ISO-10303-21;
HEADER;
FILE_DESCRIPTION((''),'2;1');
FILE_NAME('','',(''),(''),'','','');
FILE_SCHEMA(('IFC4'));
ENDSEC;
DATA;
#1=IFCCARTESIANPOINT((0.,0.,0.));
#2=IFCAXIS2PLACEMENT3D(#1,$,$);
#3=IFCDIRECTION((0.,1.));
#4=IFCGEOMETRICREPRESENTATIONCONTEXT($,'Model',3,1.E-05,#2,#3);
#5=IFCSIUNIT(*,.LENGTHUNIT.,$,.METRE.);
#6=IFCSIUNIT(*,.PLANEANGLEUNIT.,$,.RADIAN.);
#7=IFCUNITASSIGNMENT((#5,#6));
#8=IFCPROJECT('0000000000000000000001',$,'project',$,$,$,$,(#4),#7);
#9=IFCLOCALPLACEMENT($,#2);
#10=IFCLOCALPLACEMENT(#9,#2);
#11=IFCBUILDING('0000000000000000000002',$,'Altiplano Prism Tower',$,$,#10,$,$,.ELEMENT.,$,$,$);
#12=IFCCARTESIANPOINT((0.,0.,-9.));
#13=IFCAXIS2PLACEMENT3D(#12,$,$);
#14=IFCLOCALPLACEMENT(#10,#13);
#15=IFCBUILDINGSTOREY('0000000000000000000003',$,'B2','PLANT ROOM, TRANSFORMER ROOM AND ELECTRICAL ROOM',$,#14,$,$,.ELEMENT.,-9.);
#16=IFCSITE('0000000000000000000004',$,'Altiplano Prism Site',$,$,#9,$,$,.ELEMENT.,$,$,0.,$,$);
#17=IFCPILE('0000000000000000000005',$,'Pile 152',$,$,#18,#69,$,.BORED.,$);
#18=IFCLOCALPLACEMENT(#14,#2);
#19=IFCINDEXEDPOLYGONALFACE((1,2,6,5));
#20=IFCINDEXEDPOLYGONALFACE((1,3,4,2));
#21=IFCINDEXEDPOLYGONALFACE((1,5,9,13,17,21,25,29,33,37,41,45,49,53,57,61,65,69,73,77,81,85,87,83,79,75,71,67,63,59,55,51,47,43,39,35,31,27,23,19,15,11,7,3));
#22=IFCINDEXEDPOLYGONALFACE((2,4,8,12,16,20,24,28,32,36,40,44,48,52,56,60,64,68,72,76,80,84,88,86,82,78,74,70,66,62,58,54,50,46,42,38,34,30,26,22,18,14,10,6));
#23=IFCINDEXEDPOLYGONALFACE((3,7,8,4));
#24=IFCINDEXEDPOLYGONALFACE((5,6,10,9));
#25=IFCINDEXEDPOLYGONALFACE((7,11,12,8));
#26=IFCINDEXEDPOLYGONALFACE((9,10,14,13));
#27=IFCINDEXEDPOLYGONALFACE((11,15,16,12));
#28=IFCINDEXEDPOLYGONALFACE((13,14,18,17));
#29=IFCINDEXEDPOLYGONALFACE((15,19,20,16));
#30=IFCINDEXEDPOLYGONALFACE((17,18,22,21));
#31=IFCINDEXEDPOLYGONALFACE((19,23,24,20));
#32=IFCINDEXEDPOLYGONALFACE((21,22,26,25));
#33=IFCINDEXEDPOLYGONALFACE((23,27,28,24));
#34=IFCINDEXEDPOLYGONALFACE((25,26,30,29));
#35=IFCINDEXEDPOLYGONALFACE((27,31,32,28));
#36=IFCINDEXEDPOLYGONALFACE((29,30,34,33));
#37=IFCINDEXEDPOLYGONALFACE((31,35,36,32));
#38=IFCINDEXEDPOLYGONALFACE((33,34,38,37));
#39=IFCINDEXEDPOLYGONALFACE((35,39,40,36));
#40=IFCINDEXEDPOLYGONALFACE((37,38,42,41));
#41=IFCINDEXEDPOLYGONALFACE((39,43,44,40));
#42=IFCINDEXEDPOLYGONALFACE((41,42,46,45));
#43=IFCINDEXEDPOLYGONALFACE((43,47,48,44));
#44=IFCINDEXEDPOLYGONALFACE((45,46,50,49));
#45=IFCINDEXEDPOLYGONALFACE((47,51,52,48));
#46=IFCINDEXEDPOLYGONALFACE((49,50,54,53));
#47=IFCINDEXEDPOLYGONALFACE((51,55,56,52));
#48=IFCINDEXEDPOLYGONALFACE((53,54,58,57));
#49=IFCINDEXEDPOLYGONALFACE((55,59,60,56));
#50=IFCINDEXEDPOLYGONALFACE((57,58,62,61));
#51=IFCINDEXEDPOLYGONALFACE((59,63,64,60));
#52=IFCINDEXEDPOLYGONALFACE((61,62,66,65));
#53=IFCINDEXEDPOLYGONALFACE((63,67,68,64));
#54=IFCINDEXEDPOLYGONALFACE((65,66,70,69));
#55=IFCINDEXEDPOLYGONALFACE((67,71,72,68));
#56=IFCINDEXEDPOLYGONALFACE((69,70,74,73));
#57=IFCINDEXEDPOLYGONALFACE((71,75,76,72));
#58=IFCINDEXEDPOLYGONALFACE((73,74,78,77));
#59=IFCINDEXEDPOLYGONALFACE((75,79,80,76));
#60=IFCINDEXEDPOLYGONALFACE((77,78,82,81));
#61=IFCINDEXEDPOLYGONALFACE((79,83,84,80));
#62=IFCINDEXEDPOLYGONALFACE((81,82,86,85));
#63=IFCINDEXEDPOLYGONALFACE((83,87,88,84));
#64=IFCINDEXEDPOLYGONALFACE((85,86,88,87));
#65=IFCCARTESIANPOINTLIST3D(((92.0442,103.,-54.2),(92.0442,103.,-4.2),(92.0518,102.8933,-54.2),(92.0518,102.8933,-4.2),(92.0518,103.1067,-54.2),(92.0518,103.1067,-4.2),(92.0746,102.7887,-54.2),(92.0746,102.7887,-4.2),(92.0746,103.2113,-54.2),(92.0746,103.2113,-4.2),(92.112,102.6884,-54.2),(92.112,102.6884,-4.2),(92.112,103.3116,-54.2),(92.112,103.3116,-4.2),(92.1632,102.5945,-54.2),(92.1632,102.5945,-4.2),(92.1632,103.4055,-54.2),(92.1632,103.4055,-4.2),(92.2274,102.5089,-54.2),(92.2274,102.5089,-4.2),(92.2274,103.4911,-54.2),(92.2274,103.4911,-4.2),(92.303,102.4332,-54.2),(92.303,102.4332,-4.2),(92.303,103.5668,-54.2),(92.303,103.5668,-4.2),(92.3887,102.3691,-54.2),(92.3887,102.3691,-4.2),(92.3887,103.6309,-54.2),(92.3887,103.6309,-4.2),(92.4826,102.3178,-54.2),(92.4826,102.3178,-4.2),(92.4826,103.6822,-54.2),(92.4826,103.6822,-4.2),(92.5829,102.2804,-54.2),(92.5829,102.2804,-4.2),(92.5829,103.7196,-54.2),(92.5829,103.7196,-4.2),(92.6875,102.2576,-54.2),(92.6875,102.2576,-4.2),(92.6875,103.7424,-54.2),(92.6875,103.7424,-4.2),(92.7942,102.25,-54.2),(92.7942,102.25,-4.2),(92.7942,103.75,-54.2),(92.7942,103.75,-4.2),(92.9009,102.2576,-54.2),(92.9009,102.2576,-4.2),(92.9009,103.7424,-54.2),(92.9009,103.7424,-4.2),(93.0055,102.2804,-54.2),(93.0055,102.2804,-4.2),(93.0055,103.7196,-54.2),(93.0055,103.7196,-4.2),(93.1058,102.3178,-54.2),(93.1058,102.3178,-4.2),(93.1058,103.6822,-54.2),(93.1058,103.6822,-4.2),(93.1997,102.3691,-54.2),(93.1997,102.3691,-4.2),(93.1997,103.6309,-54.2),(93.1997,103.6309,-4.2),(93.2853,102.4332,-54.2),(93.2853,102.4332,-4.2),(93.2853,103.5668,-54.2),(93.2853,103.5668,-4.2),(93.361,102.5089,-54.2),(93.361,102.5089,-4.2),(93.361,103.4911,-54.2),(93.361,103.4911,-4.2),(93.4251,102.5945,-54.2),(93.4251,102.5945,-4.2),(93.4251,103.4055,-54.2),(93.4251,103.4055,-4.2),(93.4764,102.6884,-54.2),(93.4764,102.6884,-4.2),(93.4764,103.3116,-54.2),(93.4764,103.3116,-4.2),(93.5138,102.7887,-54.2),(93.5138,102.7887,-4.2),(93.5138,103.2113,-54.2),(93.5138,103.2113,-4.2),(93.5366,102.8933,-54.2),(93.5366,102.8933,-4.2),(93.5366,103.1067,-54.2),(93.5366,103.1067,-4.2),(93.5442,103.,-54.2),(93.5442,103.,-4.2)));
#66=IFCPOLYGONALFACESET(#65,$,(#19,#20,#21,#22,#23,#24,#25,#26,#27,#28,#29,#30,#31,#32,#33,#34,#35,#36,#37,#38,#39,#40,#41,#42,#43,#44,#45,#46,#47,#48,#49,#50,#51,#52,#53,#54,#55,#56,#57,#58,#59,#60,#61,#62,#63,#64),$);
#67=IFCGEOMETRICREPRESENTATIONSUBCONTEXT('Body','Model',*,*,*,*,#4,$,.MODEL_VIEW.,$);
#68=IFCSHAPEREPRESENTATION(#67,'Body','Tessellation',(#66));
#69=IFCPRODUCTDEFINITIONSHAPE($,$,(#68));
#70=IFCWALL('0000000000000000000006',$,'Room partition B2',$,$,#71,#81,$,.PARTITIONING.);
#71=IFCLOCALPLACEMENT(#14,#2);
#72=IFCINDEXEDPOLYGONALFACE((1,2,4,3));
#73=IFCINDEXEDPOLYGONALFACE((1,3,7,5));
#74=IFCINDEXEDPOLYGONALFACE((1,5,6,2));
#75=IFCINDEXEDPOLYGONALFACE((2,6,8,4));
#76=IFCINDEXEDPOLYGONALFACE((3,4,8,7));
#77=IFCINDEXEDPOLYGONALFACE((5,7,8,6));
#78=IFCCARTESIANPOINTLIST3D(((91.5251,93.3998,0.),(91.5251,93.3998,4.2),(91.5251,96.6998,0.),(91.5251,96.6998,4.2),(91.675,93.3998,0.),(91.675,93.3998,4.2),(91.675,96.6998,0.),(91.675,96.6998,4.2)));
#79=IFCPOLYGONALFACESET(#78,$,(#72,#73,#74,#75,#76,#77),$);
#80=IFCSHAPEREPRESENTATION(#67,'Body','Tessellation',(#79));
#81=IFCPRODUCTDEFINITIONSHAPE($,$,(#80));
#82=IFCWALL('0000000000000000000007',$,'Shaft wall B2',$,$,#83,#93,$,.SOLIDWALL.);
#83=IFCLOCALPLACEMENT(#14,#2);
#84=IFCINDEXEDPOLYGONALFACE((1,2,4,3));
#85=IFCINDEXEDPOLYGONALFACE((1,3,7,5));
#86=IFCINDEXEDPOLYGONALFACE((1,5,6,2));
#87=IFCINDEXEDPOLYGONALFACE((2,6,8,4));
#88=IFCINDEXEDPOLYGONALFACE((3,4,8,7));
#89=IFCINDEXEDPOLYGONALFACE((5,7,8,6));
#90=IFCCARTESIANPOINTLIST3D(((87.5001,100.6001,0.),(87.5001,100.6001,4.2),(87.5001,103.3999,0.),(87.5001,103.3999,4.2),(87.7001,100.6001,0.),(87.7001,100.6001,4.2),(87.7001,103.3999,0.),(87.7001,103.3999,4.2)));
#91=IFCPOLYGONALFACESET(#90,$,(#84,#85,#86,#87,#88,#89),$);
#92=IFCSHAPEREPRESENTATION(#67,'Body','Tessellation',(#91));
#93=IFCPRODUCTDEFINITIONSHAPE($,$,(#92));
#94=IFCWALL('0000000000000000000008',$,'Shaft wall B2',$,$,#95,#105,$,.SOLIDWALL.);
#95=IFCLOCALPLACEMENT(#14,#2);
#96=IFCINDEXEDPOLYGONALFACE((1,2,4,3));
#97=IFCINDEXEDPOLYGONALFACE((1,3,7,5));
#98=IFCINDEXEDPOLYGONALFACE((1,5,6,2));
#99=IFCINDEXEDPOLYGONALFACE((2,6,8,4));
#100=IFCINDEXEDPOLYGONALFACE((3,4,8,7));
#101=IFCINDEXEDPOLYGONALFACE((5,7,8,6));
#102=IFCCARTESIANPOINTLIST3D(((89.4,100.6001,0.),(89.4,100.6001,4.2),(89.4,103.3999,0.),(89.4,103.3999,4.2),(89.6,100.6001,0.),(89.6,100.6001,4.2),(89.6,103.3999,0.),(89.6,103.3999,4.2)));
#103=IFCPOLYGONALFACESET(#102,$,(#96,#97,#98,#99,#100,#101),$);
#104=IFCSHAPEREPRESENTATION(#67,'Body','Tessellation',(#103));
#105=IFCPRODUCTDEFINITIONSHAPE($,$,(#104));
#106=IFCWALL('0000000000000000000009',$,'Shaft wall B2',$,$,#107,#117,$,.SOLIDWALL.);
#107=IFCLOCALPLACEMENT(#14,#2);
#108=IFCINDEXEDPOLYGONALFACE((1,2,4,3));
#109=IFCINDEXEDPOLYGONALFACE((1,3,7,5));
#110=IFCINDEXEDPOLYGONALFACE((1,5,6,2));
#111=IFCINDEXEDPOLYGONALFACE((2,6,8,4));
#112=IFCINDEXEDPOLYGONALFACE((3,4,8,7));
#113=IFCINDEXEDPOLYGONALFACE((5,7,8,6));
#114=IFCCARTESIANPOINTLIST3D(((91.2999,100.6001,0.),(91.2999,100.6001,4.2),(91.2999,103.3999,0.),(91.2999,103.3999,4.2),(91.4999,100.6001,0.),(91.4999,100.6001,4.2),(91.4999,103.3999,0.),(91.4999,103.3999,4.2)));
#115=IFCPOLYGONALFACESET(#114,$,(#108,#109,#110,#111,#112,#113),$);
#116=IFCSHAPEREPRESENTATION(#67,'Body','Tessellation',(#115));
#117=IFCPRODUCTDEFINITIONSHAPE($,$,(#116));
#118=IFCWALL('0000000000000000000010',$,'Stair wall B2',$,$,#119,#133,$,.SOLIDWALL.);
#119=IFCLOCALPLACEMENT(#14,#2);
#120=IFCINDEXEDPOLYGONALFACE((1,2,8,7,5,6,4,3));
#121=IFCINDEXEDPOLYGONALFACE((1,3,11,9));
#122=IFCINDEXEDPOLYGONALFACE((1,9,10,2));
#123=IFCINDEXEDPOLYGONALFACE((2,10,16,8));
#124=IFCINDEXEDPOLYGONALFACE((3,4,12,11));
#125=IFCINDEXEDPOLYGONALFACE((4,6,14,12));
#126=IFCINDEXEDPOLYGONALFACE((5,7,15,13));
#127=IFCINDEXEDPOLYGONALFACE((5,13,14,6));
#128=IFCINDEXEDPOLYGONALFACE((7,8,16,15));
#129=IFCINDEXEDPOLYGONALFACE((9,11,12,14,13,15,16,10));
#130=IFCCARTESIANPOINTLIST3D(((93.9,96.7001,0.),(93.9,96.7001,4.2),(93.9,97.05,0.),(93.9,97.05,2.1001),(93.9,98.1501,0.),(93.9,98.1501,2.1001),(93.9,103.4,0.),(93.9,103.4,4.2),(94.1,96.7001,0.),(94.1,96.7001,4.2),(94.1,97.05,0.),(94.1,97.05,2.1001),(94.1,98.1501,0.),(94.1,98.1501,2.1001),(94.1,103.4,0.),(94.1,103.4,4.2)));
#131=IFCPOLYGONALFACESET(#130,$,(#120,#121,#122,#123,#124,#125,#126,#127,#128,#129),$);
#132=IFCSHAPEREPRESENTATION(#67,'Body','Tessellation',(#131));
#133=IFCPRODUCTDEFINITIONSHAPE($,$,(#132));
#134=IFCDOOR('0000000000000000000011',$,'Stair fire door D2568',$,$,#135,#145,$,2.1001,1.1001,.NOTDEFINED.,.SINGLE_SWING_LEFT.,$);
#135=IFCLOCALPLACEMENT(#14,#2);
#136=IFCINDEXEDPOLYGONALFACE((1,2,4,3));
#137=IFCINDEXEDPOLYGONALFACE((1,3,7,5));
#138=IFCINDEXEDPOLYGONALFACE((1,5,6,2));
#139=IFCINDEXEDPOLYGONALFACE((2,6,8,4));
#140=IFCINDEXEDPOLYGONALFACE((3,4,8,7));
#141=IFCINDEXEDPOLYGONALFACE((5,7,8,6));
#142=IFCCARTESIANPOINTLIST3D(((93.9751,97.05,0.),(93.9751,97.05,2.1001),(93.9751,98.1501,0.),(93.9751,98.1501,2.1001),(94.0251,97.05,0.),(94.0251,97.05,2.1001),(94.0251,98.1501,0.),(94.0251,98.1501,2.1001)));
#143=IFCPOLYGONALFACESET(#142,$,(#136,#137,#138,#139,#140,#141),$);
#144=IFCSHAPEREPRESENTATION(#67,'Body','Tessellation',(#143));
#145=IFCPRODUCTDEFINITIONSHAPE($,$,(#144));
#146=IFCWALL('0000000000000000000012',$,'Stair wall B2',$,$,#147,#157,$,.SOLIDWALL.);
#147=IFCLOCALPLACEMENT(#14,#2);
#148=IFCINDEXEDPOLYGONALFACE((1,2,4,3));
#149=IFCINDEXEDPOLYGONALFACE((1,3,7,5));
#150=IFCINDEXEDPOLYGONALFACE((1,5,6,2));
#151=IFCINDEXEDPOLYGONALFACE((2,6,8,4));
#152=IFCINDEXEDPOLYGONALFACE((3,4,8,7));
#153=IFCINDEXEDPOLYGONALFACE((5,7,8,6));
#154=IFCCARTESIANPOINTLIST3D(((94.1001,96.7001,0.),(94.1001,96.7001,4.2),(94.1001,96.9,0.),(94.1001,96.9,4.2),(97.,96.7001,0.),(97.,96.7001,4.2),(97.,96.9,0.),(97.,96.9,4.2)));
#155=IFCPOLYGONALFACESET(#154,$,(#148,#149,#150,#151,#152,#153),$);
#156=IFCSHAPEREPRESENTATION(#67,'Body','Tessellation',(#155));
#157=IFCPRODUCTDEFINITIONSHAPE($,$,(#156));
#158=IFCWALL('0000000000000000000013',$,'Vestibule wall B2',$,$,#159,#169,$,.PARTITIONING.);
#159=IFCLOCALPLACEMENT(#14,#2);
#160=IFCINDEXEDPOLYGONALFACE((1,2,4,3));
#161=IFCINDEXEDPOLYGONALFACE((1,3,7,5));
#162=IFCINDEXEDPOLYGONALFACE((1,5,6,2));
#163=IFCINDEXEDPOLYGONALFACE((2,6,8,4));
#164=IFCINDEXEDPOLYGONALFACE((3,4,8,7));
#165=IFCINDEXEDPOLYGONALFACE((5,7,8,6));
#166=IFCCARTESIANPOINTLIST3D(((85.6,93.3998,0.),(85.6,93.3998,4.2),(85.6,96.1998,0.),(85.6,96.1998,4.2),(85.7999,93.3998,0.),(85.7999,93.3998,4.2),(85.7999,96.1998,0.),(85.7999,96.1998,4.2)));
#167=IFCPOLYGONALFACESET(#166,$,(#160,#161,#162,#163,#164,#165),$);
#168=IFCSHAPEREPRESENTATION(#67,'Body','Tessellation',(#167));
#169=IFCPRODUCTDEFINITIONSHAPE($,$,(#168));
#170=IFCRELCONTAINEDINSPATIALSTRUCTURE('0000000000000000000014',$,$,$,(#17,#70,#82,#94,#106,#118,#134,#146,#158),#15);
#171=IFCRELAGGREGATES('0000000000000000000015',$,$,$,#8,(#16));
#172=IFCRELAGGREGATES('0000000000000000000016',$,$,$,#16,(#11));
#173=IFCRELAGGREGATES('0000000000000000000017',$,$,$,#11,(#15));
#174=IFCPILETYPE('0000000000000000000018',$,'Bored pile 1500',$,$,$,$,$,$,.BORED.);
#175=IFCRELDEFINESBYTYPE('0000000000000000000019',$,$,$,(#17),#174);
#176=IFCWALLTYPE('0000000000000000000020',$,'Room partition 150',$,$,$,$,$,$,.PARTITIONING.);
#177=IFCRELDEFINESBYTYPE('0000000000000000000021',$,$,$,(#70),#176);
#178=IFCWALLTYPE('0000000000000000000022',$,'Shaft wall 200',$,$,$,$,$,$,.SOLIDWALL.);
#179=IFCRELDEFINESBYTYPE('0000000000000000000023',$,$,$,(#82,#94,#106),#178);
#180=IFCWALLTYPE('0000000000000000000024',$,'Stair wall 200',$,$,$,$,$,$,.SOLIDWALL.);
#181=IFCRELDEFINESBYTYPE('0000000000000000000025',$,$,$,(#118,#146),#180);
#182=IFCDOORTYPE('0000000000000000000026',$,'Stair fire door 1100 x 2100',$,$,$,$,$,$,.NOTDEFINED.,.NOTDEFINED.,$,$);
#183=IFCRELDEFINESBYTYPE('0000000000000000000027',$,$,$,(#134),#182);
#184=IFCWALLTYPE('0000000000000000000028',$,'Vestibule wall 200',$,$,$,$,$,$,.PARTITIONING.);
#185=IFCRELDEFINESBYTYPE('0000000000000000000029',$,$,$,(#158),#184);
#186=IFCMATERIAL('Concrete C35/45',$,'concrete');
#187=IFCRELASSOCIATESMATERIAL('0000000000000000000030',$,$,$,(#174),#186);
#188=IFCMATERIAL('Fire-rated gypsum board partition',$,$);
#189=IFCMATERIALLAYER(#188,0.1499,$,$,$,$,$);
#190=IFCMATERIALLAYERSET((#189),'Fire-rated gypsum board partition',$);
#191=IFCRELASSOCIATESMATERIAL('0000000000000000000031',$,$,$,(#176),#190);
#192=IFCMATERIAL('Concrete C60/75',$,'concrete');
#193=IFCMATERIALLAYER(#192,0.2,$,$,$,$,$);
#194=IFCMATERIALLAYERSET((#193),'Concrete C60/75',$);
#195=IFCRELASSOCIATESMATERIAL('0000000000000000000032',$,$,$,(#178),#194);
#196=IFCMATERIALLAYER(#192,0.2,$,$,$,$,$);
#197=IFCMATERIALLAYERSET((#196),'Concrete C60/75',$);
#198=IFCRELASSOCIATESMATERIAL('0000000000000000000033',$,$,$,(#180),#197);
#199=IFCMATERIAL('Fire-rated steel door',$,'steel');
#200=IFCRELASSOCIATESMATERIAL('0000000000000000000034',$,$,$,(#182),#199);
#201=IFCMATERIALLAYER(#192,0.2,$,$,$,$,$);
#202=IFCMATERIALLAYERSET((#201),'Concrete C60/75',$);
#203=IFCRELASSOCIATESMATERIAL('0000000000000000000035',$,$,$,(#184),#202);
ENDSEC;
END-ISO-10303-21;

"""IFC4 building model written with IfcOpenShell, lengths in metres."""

from ifc_helpers import new_model, si_unit, direction, frame, frame_2d, origin, origin_2d, place, context, subcontext, project, spatial, rectangle, circle, extrude, material, layer, layer_set, material_profile, profile_set, type_object, element, fill, save


model = new_model("IFC4")

# Units and contexts
model_context = context("Model", 3, precision=1e-05, world=origin(), true_north=direction((0.0, 1.0)))
body_context = subcontext(model_context, "Body", "Model", "MODEL_VIEW")
ifc_project = project(units=[si_unit("LENGTHUNIT", "METRE"), si_unit("PLANEANGLEUNIT", "RADIAN")], contexts=[model_context])

# Site, building, storey
site_placement = place(None, origin())
site = spatial("IfcSite", under=ifc_project, at=site_placement, Name="Altiplano Prism Site", CompositionType="ELEMENT", RefElevation=0.0)
building_placement = place(site_placement, origin())
building = spatial("IfcBuilding", under=site, at=building_placement, Name="Altiplano Prism Tower", CompositionType="ELEMENT")
storey_placement = place(building_placement, frame((0.0, 0.0, -9.0)))
storey = spatial("IfcBuildingStorey", under=building, at=storey_placement, Name="B2", Description="PLANT ROOM, TRANSFORMER ROOM AND ELECTRICAL ROOM", CompositionType="ELEMENT", Elevation=-9.0)

# Pile
ifc_material_1 = material(Name="Concrete C35/45", Category="concrete")
ifc_material_profile = material_profile(ifc_material_1, circle(Radius=0.75, at=origin_2d()), Name="Bored pile 1500")
ifc_profile_set = profile_set([ifc_material_profile], Name="Concrete C35/45")
pile_type = type_object("IfcPileType", Name="Bored pile 1500", PredefinedType="BORED", material=ifc_profile_set)
for number, where, z_axis, x_axis, name in (
    (1, (92.7942, 103.0, -4.2), (0.0, 0.0, -1.0), (1.0, 0.0, 0.0), "Pile 152"),
):
    element("IfcPile", number, at=place(storey_placement, frame(where, z_axis=z_axis, x_axis=x_axis)), inside=storey, type_object=pile_type, Name=name, PredefinedType="BORED", context=body_context, shape_type="SweptSolid", body=[
        extrude(circle(Radius=0.75, at=origin_2d()), origin(), (0.0, 0.0, 1.0), 50.0),
    ])

# Walls
ifc_material_2 = material(Name="Fire-rated gypsum board partition")
ifc_layer_1 = layer(ifc_material_2, 0.1499)
ifc_layer_set_1 = layer_set([ifc_layer_1], Name="Fire-rated gypsum board partition")
wall_type_1 = type_object("IfcWallType", Name="Room partition 150", PredefinedType="PARTITIONING", material=ifc_layer_set_1)
wall_1_placement = place(storey_placement, frame((91.6001, 93.3999, 0.0), z_axis=(0.0, 0.0, 1.0), x_axis=(0.0, 1.0, 0.0)))
element("IfcWall", 2, at=wall_1_placement, inside=storey, type_object=wall_type_1, Name="Room partition B2", PredefinedType="PARTITIONING", context=body_context, shape_type="SweptSolid", body=[
    extrude(rectangle(XDim=3.3, YDim=0.1499, at=frame_2d((1.6499, 0.0))), origin(), (0.0, 0.0, 1.0), 4.2),
])
ifc_material_3 = material(Name="Concrete C60/75", Category="concrete")
ifc_layer_2 = layer(ifc_material_3, 0.2)
ifc_layer_set_2 = layer_set([ifc_layer_2], Name="Concrete C60/75")
wall_type_2 = type_object("IfcWallType", Name="Shaft wall 200", PredefinedType="SOLIDWALL", material=ifc_layer_set_2)
for number, where, z_axis, x_axis, name in (
    (3, (87.6001, 100.6001, 0.0), (0.0, 0.0, 1.0), (0.0, 1.0, 0.0), "Shaft wall B2"),
    (4, (89.5, 100.6001, 0.0), (0.0, 0.0, 1.0), (0.0, 1.0, 0.0), "Shaft wall B2"),
    (5, (91.3999, 100.6001, 0.0), (0.0, 0.0, 1.0), (0.0, 1.0, 0.0), "Shaft wall B2"),
):
    element("IfcWall", number, at=place(storey_placement, frame(where, z_axis=z_axis, x_axis=x_axis)), inside=storey, type_object=wall_type_2, Name=name, PredefinedType="SOLIDWALL", context=body_context, shape_type="SweptSolid", body=[
        extrude(rectangle(XDim=2.7998, YDim=0.2, at=frame_2d((1.3999, 0.0))), origin(), (0.0, 0.0, 1.0), 4.2),
    ])

# Wall, opening, door
ifc_layer_3 = layer(ifc_material_3, 0.2)
ifc_layer_set_3 = layer_set([ifc_layer_3], Name="Concrete C60/75")
wall_type_3 = type_object("IfcWallType", Name="Stair wall 200", PredefinedType="SOLIDWALL", material=ifc_layer_set_3)
wall_2_placement = place(storey_placement, frame((94.0, 96.7, 0.0), z_axis=(0.0, 0.0, 1.0), x_axis=(0.0, 1.0, 0.0)))
wall_2 = element("IfcWall", 6, at=wall_2_placement, inside=storey, type_object=wall_type_3, Name="Stair wall B2", PredefinedType="SOLIDWALL", context=body_context, shape_type="SweptSolid", body=[
    extrude(rectangle(XDim=6.7, YDim=0.2, at=frame_2d((3.3501, 0.0))), origin(), (0.0, 0.0, 1.0), 4.2),
])
opening_1_placement = place(wall_2_placement, frame((0.3501, 0.0, 0.0)))
opening_1 = element("IfcOpeningElement", 7, at=opening_1_placement, cuts=wall_2, PredefinedType="OPENING", context=body_context, shape_type="SweptSolid", body=[
    extrude(rectangle(XDim=1.1001, YDim=2.1001, at=frame_2d((0.55, 1.05))), frame((0.0, 0.1104, 0.0), z_axis=(0.0, -1.0, 0.0), x_axis=(1.0, 0.0, 0.0)), (0.0, 0.0, 1.0), 0.2209),
])
ifc_material_4 = material(Name="Fire-rated steel door", Category="steel")
door_type_1 = type_object("IfcDoorType", Name="Stair fire door 1100 x 2100", OperationType="NOTDEFINED", PredefinedType="NOTDEFINED", material=ifc_material_4)
door_1_placement = place(opening_1_placement, origin())
door_1 = element("IfcDoor", 8, at=door_1_placement, inside=storey, type_object=door_type_1, Name="Stair fire door D2568", OperationType="SINGLE_SWING_LEFT", OverallHeight=2.1001, OverallWidth=1.1001, PredefinedType="NOTDEFINED", context=body_context, shape_type="SweptSolid", body=[
    extrude(rectangle(XDim=1.1001, YDim=2.1001, at=frame_2d((0.55, 1.05))), frame((0.0, 0.0249, 0.0), z_axis=(0.0, -1.0, 0.0), x_axis=(1.0, 0.0, 0.0)), (0.0, 0.0, 1.0), 0.05),
])
fill(opening_1, door_1)

# Walls
wall_3_placement = place(storey_placement, frame((94.1001, 96.8, 0.0), z_axis=(0.0, 0.0, 1.0), x_axis=(1.0, 0.0, 0.0)))
element("IfcWall", 9, at=wall_3_placement, inside=storey, type_object=wall_type_3, Name="Stair wall B2", PredefinedType="SOLIDWALL", context=body_context, shape_type="SweptSolid", body=[
    extrude(rectangle(XDim=2.8999, YDim=0.2, at=frame_2d((1.45, 0.0))), origin(), (0.0, 0.0, 1.0), 4.2),
])
ifc_layer_4 = layer(ifc_material_3, 0.2)
ifc_layer_set_4 = layer_set([ifc_layer_4], Name="Concrete C60/75")
wall_type_4 = type_object("IfcWallType", Name="Vestibule wall 200", PredefinedType="PARTITIONING", material=ifc_layer_set_4)
wall_4_placement = place(storey_placement, frame((85.7, 93.3999, 0.0), z_axis=(0.0, 0.0, 1.0), x_axis=(0.0, 1.0, 0.0)))
element("IfcWall", 10, at=wall_4_placement, inside=storey, type_object=wall_type_4, Name="Vestibule wall B2", PredefinedType="PARTITIONING", context=body_context, shape_type="SweptSolid", body=[
    extrude(rectangle(XDim=2.8, YDim=0.2, at=frame_2d((1.3999, 0.0))), origin(), (0.0, 0.0, 1.0), 4.2),
])

save(model, "model.ifc")
